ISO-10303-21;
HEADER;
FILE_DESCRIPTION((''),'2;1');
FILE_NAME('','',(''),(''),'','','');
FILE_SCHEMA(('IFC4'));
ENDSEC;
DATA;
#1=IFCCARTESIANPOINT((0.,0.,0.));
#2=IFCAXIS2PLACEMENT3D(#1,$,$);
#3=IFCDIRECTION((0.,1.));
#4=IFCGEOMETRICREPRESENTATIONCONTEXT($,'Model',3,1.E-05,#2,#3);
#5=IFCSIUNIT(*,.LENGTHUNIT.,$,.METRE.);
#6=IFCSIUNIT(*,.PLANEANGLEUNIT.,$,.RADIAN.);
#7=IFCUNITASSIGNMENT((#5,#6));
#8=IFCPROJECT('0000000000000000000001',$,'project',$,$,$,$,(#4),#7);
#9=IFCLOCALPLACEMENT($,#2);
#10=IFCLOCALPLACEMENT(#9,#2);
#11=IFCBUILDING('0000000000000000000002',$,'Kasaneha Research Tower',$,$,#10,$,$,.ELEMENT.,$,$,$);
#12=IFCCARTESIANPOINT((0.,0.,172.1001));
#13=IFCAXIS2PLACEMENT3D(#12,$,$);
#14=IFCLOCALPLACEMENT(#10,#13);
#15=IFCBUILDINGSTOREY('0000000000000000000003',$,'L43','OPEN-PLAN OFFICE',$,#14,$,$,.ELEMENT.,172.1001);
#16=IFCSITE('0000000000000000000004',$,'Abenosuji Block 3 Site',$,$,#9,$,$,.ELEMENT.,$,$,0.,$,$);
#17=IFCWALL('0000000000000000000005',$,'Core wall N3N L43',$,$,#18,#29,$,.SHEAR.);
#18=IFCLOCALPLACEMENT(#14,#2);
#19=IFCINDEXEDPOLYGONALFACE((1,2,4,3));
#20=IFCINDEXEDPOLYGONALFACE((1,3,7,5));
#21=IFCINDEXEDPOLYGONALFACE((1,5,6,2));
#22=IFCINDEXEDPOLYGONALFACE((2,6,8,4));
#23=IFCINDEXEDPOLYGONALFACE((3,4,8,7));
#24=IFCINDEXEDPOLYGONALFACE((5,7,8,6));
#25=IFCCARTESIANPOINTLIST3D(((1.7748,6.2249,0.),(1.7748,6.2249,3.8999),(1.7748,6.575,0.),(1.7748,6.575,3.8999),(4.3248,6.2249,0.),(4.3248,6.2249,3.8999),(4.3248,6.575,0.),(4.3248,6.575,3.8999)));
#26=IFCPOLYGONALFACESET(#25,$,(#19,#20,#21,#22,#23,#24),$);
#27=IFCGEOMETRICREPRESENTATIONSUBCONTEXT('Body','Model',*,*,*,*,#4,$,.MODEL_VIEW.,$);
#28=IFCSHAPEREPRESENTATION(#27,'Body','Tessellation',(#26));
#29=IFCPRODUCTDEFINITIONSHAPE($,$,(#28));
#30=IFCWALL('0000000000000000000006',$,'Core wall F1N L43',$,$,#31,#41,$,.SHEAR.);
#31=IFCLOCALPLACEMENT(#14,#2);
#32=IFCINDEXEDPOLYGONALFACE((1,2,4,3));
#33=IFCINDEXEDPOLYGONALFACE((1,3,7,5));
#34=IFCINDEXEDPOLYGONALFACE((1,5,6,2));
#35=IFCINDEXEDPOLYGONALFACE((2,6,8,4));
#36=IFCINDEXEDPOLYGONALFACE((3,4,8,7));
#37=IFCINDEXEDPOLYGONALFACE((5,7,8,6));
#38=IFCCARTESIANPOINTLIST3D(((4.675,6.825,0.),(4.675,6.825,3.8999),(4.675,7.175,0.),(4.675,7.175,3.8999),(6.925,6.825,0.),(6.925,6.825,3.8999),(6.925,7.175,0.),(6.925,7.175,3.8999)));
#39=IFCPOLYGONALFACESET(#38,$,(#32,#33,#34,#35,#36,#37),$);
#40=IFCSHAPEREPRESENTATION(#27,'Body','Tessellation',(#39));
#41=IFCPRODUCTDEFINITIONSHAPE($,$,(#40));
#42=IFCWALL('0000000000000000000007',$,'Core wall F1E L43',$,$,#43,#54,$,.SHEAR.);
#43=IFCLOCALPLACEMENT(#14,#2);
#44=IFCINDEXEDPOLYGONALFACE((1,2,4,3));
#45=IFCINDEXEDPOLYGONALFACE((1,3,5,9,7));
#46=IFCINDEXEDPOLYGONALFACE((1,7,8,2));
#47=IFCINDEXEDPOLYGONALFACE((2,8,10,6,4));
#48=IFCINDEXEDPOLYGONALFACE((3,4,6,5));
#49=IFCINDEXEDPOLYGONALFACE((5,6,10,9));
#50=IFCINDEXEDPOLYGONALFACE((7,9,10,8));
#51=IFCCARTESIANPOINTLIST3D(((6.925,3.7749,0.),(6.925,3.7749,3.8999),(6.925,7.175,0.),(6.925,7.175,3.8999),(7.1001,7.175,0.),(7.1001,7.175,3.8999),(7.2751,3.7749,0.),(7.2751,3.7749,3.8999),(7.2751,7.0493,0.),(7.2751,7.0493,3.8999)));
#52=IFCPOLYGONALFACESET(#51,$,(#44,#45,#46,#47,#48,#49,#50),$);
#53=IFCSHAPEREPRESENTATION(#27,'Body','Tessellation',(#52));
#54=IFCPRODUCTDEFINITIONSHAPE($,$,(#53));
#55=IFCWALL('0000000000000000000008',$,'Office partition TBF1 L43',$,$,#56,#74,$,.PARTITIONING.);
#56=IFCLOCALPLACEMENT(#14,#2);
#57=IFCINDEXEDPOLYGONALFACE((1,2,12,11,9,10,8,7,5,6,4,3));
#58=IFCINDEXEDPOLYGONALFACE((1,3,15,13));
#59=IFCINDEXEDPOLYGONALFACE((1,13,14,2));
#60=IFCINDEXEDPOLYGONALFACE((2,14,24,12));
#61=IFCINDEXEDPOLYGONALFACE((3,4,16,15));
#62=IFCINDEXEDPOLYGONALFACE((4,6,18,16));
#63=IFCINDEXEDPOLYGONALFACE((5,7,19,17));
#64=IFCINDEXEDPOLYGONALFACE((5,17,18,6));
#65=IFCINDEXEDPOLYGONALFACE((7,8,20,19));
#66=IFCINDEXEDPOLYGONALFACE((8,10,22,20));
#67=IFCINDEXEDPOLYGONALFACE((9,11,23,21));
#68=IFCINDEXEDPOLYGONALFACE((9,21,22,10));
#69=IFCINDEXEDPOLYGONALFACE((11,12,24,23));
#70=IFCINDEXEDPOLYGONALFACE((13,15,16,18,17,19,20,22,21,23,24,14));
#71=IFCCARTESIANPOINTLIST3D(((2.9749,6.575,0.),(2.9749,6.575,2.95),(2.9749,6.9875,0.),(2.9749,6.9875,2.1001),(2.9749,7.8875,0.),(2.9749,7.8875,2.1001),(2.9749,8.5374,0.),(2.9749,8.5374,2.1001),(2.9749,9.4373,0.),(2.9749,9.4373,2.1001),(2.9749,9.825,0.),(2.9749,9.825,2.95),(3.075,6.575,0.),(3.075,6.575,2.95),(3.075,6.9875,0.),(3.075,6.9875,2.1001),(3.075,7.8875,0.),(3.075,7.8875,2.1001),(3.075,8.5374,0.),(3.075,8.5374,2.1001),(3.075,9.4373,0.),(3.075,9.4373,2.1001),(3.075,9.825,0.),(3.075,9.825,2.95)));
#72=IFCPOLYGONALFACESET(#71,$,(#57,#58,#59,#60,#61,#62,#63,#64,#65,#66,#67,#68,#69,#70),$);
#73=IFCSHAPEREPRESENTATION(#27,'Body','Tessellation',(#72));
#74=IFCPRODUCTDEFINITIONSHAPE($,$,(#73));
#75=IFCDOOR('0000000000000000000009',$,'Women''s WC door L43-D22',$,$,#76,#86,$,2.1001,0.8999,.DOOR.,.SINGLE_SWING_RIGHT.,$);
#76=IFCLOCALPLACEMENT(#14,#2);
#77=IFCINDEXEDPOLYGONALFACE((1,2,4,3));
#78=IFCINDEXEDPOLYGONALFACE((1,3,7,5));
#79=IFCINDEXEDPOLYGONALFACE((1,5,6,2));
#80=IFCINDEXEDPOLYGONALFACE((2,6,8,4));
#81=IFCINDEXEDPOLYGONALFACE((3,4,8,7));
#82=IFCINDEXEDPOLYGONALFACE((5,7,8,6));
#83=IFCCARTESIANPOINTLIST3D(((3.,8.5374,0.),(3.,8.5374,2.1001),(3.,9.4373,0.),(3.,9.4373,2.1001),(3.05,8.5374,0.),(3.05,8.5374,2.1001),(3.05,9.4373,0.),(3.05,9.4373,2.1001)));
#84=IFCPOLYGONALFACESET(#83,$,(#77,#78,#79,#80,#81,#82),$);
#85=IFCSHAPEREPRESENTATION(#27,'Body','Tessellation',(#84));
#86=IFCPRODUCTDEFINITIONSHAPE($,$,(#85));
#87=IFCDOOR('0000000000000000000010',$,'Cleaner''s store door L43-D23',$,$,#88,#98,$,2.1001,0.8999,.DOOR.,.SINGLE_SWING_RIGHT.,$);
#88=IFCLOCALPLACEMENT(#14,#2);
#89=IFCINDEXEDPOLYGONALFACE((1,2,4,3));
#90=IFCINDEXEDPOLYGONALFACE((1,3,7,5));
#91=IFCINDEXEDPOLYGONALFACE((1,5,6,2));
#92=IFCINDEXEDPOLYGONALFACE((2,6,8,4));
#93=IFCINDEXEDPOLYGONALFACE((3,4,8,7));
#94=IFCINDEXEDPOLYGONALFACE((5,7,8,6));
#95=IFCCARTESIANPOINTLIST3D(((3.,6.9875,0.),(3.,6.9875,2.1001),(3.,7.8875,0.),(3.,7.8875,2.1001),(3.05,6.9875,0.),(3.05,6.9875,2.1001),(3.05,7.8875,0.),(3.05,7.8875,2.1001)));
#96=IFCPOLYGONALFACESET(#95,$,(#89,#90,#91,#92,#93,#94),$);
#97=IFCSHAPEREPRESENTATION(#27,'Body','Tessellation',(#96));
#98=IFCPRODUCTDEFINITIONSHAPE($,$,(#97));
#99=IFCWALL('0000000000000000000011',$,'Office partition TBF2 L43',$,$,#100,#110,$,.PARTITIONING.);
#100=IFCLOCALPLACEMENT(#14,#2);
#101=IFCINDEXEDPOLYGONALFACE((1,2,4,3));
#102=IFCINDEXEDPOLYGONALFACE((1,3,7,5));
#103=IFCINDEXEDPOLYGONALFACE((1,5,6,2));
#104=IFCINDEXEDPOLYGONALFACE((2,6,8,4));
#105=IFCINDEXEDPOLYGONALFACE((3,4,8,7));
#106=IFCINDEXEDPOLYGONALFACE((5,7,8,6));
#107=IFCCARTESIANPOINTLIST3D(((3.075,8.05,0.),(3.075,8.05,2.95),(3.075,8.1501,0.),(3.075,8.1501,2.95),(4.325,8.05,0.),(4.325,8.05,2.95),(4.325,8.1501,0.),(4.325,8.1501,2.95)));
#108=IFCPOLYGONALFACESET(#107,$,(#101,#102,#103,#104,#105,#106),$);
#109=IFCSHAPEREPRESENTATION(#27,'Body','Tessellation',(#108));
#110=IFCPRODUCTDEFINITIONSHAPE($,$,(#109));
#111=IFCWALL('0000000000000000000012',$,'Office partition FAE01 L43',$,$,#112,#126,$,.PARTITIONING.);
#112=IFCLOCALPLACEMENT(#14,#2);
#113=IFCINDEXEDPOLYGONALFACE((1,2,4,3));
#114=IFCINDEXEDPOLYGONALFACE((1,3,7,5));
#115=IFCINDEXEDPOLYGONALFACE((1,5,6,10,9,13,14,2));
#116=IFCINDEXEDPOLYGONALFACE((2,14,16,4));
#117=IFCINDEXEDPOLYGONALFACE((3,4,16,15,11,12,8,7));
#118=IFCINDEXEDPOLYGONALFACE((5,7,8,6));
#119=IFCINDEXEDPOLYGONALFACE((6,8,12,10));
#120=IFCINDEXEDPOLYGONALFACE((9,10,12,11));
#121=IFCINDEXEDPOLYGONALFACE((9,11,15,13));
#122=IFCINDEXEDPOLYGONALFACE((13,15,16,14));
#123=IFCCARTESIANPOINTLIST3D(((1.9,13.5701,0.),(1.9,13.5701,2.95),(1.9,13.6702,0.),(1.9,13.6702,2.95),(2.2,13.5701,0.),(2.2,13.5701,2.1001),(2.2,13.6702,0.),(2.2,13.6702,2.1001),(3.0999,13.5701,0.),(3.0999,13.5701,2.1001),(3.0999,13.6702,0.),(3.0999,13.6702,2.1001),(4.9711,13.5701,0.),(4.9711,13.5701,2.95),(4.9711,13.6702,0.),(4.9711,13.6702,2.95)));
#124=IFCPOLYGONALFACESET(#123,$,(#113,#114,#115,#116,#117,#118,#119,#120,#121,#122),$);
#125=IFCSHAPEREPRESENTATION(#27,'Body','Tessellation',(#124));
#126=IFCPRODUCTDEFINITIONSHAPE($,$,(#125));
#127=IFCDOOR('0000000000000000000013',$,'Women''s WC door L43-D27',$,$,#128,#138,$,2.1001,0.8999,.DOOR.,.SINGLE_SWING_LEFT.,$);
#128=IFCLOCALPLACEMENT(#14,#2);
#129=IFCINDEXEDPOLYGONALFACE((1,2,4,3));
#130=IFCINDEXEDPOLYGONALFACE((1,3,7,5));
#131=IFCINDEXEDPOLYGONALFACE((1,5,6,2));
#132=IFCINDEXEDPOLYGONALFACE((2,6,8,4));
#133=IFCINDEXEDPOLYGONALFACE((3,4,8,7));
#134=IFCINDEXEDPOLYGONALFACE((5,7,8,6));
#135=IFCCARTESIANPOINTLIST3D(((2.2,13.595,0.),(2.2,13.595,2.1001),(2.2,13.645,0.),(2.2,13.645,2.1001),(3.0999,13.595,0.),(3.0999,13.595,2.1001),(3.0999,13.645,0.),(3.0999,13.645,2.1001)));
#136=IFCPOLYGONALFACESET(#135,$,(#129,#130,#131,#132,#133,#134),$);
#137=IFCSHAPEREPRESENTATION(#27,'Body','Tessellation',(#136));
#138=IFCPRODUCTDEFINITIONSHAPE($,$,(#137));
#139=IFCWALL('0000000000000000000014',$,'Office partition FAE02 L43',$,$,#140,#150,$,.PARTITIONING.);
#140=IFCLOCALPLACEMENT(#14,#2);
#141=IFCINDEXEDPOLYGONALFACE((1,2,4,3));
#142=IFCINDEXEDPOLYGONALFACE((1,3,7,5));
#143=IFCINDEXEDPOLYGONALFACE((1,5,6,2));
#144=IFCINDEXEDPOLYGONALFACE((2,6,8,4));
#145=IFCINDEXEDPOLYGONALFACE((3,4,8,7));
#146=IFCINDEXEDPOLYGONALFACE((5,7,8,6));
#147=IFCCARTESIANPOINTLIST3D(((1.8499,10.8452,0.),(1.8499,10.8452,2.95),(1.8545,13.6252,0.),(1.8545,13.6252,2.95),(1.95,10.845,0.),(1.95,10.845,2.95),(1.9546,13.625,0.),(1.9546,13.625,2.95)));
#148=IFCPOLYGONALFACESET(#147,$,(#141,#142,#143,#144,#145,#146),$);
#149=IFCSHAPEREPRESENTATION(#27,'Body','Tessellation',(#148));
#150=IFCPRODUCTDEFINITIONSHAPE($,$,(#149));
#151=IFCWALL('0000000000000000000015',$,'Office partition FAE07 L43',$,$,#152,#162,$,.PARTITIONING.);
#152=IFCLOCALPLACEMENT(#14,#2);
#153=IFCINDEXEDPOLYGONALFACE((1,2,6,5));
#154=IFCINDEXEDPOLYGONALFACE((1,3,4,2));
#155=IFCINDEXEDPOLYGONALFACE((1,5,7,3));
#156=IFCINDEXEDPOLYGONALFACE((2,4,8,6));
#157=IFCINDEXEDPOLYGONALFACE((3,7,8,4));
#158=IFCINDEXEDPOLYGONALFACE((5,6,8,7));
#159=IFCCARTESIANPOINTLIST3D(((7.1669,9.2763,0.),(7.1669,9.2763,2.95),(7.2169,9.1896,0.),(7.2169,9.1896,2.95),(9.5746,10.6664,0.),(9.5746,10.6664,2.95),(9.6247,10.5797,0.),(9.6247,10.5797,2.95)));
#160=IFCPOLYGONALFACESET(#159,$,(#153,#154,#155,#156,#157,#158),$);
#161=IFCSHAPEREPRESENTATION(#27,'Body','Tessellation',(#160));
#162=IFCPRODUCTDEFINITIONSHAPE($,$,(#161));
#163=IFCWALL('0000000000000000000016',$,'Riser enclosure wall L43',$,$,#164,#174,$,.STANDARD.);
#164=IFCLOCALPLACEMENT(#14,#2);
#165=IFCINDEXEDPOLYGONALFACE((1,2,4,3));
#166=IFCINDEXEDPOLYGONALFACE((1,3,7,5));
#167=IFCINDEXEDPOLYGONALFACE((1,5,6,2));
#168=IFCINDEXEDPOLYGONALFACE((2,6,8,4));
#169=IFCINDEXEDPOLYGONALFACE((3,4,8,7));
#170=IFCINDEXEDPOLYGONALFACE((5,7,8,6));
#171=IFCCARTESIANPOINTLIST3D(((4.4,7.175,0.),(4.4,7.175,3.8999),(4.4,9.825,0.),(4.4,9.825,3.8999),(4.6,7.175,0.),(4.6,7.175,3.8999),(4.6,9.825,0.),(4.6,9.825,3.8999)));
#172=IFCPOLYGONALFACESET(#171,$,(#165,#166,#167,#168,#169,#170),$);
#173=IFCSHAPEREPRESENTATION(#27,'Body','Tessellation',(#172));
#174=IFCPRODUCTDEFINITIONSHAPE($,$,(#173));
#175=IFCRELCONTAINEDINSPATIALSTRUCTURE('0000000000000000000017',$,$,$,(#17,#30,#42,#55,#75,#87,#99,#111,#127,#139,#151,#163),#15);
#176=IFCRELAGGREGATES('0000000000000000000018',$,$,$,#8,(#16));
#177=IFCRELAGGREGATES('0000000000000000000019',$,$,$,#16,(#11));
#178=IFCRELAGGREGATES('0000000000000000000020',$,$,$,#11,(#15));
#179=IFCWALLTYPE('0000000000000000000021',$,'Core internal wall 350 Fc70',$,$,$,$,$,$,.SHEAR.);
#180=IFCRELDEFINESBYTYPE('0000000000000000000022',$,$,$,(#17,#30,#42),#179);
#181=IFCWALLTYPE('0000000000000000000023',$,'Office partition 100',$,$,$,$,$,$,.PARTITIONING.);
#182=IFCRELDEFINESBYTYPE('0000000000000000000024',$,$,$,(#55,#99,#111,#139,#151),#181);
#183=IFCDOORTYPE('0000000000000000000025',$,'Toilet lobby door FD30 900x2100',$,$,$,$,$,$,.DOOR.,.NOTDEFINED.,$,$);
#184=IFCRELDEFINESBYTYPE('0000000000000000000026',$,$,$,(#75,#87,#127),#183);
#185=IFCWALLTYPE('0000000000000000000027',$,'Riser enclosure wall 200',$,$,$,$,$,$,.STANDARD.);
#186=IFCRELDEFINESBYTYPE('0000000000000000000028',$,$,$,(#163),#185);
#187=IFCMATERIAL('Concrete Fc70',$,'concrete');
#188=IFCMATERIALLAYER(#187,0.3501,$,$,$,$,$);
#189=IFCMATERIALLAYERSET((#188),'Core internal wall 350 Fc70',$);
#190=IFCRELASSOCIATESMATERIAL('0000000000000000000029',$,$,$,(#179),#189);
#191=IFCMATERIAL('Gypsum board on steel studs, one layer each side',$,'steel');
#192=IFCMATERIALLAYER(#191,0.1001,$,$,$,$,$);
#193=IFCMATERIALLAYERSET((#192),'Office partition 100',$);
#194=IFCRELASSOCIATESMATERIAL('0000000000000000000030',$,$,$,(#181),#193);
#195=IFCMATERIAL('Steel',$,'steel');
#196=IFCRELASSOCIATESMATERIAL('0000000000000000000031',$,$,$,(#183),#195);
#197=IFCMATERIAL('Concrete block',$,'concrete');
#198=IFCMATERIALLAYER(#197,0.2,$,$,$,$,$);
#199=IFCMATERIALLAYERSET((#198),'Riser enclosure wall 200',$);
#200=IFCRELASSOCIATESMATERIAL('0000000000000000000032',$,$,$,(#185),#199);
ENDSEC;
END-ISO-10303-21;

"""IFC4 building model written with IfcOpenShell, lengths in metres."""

from ifc_helpers import new_model, si_unit, direction, frame, frame_2d, origin, place, context, subcontext, project, spatial, polyline, rectangle, outline, extrude, material, layer, layer_set, type_object, element, fill, save


model = new_model("IFC4")

# Units and contexts
model_context = context("Model", 3, precision=1e-05, world=origin(), true_north=direction((0.0, 1.0)))
body_context = subcontext(model_context, "Body", "Model", "MODEL_VIEW")
ifc_project = project(units=[si_unit("LENGTHUNIT", "METRE"), si_unit("PLANEANGLEUNIT", "RADIAN")], contexts=[model_context])

# Site, building, storey
site_placement = place(None, origin())
site = spatial("IfcSite", under=ifc_project, at=site_placement, Name="Abenosuji Block 3 Site", CompositionType="ELEMENT", RefElevation=0.0)
building_placement = place(site_placement, origin())
building = spatial("IfcBuilding", under=site, at=building_placement, Name="Kasaneha Research Tower", CompositionType="ELEMENT")
storey_placement = place(building_placement, frame((0.0, 0.0, 172.1001)))
storey = spatial("IfcBuildingStorey", under=building, at=storey_placement, Name="L43", Description="OPEN-PLAN OFFICE", CompositionType="ELEMENT", Elevation=172.1001)

# Shared definitions
ifc_material_1 = material(Name="Concrete Fc70", Category="concrete")
ifc_layer_1 = layer(ifc_material_1, 0.3501)
ifc_layer_set_1 = layer_set([ifc_layer_1], Name="Core internal wall 350 Fc70")
wall_type_1 = type_object("IfcWallType", Name="Core internal wall 350 Fc70", PredefinedType="SHEAR", material=ifc_layer_set_1)

# Walls
wall_1_placement = place(storey_placement, frame((1.7749, 6.3999, 0.0), z_axis=(0.0, 0.0, 1.0), x_axis=(1.0, 0.0, 0.0)))
element("IfcWall", 1, at=wall_1_placement, inside=storey, type_object=wall_type_1, Name="Core wall N3N L43", PredefinedType="SHEAR", context=body_context, shape_type="SweptSolid", body=[
    extrude(rectangle(XDim=2.55, YDim=0.3501, at=frame_2d((1.2749, 0.0))), origin(), (0.0, 0.0, 1.0), 3.8999),
])
wall_2_placement = place(storey_placement, frame((4.675, 7.0, 0.0), z_axis=(0.0, 0.0, 1.0), x_axis=(1.0, 0.0, 0.0)))
element("IfcWall", 2, at=wall_2_placement, inside=storey, type_object=wall_type_1, Name="Core wall F1N L43", PredefinedType="SHEAR", context=body_context, shape_type="SweptSolid", body=[
    extrude(rectangle(XDim=2.25, YDim=0.3501, at=frame_2d((1.125, 0.0))), origin(), (0.0, 0.0, 1.0), 3.8999),
])
wall_3_placement = place(storey_placement, frame((7.1001, 3.7749, 0.0), z_axis=(0.0, 0.0, 1.0), x_axis=(0.0, 1.0, 0.0)))
element("IfcWall", 3, at=wall_3_placement, inside=storey, type_object=wall_type_1, Name="Core wall F1E L43", PredefinedType="SHEAR", context=body_context, shape_type="SweptSolid", body=[
    extrude(outline(polyline([(0.0, -0.175), (3.2744, -0.175), (3.4001, 0.0), (3.4001, 0.175), (0.0, 0.175), (0.0, -0.175)])), origin(), (0.0, 0.0, 1.0), 3.8999),
])

# Wall, openings, doors
ifc_material_2 = material(Name="Gypsum board on steel studs, one layer each side", Category="steel")
ifc_layer_2 = layer(ifc_material_2, 0.1001)
ifc_layer_set_2 = layer_set([ifc_layer_2], Name="Office partition 100")
wall_type_2 = type_object("IfcWallType", Name="Office partition 100", PredefinedType="PARTITIONING", material=ifc_layer_set_2)
wall_4_placement = place(storey_placement, frame((3.0249, 6.575, 0.0), z_axis=(0.0, 0.0, 1.0), x_axis=(0.0, 1.0, 0.0)))
wall_4 = element("IfcWall", 4, at=wall_4_placement, inside=storey, type_object=wall_type_2, Name="Office partition TBF1 L43", PredefinedType="PARTITIONING", context=body_context, shape_type="SweptSolid", body=[
    extrude(rectangle(XDim=3.25, YDim=0.1001, at=frame_2d((1.625, 0.0))), origin(), (0.0, 0.0, 1.0), 2.95),
])
opening_1_placement = place(wall_4_placement, frame((1.9624, 0.0, 0.0)))
opening_1 = element("IfcOpeningElement", 5, at=opening_1_placement, cuts=wall_4, PredefinedType="OPENING", context=body_context, shape_type="SweptSolid", body=[
    extrude(rectangle(XDim=0.8999, YDim=2.1001, at=frame_2d((0.45, 1.05))), frame((0.0, 0.0601, 0.0), z_axis=(0.0, -1.0, 0.0), x_axis=(1.0, 0.0, 0.0)), (0.0, 0.0, 1.0), 0.1201),
])
opening_2_placement = place(wall_4_placement, frame((0.4126, 0.0, 0.0)))
opening_2 = element("IfcOpeningElement", 6, at=opening_2_placement, cuts=wall_4, PredefinedType="OPENING", context=body_context, shape_type="SweptSolid", body=[
    extrude(rectangle(XDim=0.8999, YDim=2.1001, at=frame_2d((0.45, 1.05))), frame((0.0, 0.0601, 0.0), z_axis=(0.0, -1.0, 0.0), x_axis=(1.0, 0.0, 0.0)), (0.0, 0.0, 1.0), 0.1201),
])
ifc_material_3 = material(Name="Steel", Category="steel")
door_type_1 = type_object("IfcDoorType", Name="Toilet lobby door FD30 900x2100", OperationType="NOTDEFINED", PredefinedType="DOOR", material=ifc_material_3)
door_1_placement = place(opening_1_placement, origin())
door_1 = element("IfcDoor", 7, at=door_1_placement, inside=storey, type_object=door_type_1, Name="Women's WC door L43-D22", OperationType="SINGLE_SWING_RIGHT", OverallHeight=2.1001, OverallWidth=0.8999, PredefinedType="DOOR", context=body_context, shape_type="SweptSolid", body=[
    extrude(rectangle(XDim=0.8999, YDim=2.1001, at=frame_2d((0.45, 1.05))), frame((0.0, 0.0249, 0.0), z_axis=(0.0, -1.0, 0.0), x_axis=(1.0, 0.0, 0.0)), (0.0, 0.0, 1.0), 0.05),
])
fill(opening_1, door_1)
door_2_placement = place(opening_2_placement, origin())
door_2 = element("IfcDoor", 8, at=door_2_placement, inside=storey, type_object=door_type_1, Name="Cleaner's store door L43-D23", OperationType="SINGLE_SWING_RIGHT", OverallHeight=2.1001, OverallWidth=0.8999, PredefinedType="DOOR", context=body_context, shape_type="SweptSolid", body=[
    extrude(rectangle(XDim=0.8999, YDim=2.1001, at=frame_2d((0.45, 1.05))), frame((0.0, 0.0249, 0.0), z_axis=(0.0, -1.0, 0.0), x_axis=(1.0, 0.0, 0.0)), (0.0, 0.0, 1.0), 0.05),
])
fill(opening_2, door_2)

# Wall
wall_5_placement = place(storey_placement, frame((3.075, 8.1001, 0.0), z_axis=(0.0, 0.0, 1.0), x_axis=(1.0, 0.0, 0.0)))
element("IfcWall", 9, at=wall_5_placement, inside=storey, type_object=wall_type_2, Name="Office partition TBF2 L43", PredefinedType="PARTITIONING", context=body_context, shape_type="SweptSolid", body=[
    extrude(rectangle(XDim=1.25, YDim=0.1001, at=frame_2d((0.625, 0.0))), origin(), (0.0, 0.0, 1.0), 2.95),
])

# Wall, opening, door
wall_6_placement = place(storey_placement, frame((1.8999, 13.6201, 0.0), z_axis=(0.0, 0.0, 1.0), x_axis=(1.0, 0.0, 0.0)))
wall_6 = element("IfcWall", 10, at=wall_6_placement, inside=storey, type_object=wall_type_2, Name="Office partition FAE01 L43", PredefinedType="PARTITIONING", context=body_context, shape_type="SweptSolid", body=[
    extrude(rectangle(XDim=3.071, YDim=0.1001, at=frame_2d((1.5356, 0.0))), origin(), (0.0, 0.0, 1.0), 2.95),
])
opening_3_placement = place(wall_6_placement, frame((0.3, 0.0, 0.0)))
opening_3 = element("IfcOpeningElement", 11, at=opening_3_placement, cuts=wall_6, PredefinedType="OPENING", context=body_context, shape_type="SweptSolid", body=[
    extrude(rectangle(XDim=0.8999, YDim=2.1001, at=frame_2d((0.45, 1.05))), frame((0.0, 0.0601, 0.0), z_axis=(0.0, -1.0, 0.0), x_axis=(1.0, 0.0, 0.0)), (0.0, 0.0, 1.0), 0.1201),
])
door_3_placement = place(opening_3_placement, origin())
door_3 = element("IfcDoor", 12, at=door_3_placement, inside=storey, type_object=door_type_1, Name="Women's WC door L43-D27", OperationType="SINGLE_SWING_LEFT", OverallHeight=2.1001, OverallWidth=0.8999, PredefinedType="DOOR", context=body_context, shape_type="SweptSolid", body=[
    extrude(rectangle(XDim=0.8999, YDim=2.1001, at=frame_2d((0.45, 1.05))), frame((0.0, 0.0249, 0.0), z_axis=(0.0, -1.0, 0.0), x_axis=(1.0, 0.0, 0.0)), (0.0, 0.0, 1.0), 0.05),
])
fill(opening_3, door_3)

# Walls
wall_7_placement = place(storey_placement, frame((1.8999, 10.845, 0.0), z_axis=(0.0, 0.0, 1.0), x_axis=(0.001669, 0.999999, 0.0)))
element("IfcWall", 13, at=wall_7_placement, inside=storey, type_object=wall_type_2, Name="Office partition FAE02 L43", PredefinedType="PARTITIONING", context=body_context, shape_type="SweptSolid", body=[
    extrude(rectangle(XDim=2.78, YDim=0.1001, at=frame_2d((1.3901, 0.0))), origin(), (0.0, 0.0, 1.0), 2.95),
])
wall_8_placement = place(storey_placement, frame((7.1919, 9.2329, 0.0), z_axis=(0.0, 0.0, 1.0), x_axis=(0.866019, 0.500011, 0.0)))
element("IfcWall", 14, at=wall_8_placement, inside=storey, type_object=wall_type_2, Name="Office partition FAE07 L43", PredefinedType="PARTITIONING", context=body_context, shape_type="SweptSolid", body=[
    extrude(rectangle(XDim=2.7803, YDim=0.1001, at=frame_2d((1.3901, 0.0))), origin(), (0.0, 0.0, 1.0), 2.95),
])
ifc_material_4 = material(Name="Concrete block", Category="concrete")
ifc_layer_3 = layer(ifc_material_4, 0.2)
ifc_layer_set_3 = layer_set([ifc_layer_3], Name="Riser enclosure wall 200")
wall_type_3 = type_object("IfcWallType", Name="Riser enclosure wall 200", PredefinedType="STANDARD", material=ifc_layer_set_3)
wall_9_placement = place(storey_placement, frame((4.5, 7.175, 0.0), z_axis=(0.0, 0.0, 1.0), x_axis=(0.0, 1.0, 0.0)))
element("IfcWall", 15, at=wall_9_placement, inside=storey, type_object=wall_type_3, Name="Riser enclosure wall L43", PredefinedType="STANDARD", context=body_context, shape_type="SweptSolid", body=[
    extrude(rectangle(XDim=2.6499, YDim=0.2, at=frame_2d((1.325, 0.0))), origin(), (0.0, 0.0, 1.0), 3.8999),
])

save(model, "model.ifc")
